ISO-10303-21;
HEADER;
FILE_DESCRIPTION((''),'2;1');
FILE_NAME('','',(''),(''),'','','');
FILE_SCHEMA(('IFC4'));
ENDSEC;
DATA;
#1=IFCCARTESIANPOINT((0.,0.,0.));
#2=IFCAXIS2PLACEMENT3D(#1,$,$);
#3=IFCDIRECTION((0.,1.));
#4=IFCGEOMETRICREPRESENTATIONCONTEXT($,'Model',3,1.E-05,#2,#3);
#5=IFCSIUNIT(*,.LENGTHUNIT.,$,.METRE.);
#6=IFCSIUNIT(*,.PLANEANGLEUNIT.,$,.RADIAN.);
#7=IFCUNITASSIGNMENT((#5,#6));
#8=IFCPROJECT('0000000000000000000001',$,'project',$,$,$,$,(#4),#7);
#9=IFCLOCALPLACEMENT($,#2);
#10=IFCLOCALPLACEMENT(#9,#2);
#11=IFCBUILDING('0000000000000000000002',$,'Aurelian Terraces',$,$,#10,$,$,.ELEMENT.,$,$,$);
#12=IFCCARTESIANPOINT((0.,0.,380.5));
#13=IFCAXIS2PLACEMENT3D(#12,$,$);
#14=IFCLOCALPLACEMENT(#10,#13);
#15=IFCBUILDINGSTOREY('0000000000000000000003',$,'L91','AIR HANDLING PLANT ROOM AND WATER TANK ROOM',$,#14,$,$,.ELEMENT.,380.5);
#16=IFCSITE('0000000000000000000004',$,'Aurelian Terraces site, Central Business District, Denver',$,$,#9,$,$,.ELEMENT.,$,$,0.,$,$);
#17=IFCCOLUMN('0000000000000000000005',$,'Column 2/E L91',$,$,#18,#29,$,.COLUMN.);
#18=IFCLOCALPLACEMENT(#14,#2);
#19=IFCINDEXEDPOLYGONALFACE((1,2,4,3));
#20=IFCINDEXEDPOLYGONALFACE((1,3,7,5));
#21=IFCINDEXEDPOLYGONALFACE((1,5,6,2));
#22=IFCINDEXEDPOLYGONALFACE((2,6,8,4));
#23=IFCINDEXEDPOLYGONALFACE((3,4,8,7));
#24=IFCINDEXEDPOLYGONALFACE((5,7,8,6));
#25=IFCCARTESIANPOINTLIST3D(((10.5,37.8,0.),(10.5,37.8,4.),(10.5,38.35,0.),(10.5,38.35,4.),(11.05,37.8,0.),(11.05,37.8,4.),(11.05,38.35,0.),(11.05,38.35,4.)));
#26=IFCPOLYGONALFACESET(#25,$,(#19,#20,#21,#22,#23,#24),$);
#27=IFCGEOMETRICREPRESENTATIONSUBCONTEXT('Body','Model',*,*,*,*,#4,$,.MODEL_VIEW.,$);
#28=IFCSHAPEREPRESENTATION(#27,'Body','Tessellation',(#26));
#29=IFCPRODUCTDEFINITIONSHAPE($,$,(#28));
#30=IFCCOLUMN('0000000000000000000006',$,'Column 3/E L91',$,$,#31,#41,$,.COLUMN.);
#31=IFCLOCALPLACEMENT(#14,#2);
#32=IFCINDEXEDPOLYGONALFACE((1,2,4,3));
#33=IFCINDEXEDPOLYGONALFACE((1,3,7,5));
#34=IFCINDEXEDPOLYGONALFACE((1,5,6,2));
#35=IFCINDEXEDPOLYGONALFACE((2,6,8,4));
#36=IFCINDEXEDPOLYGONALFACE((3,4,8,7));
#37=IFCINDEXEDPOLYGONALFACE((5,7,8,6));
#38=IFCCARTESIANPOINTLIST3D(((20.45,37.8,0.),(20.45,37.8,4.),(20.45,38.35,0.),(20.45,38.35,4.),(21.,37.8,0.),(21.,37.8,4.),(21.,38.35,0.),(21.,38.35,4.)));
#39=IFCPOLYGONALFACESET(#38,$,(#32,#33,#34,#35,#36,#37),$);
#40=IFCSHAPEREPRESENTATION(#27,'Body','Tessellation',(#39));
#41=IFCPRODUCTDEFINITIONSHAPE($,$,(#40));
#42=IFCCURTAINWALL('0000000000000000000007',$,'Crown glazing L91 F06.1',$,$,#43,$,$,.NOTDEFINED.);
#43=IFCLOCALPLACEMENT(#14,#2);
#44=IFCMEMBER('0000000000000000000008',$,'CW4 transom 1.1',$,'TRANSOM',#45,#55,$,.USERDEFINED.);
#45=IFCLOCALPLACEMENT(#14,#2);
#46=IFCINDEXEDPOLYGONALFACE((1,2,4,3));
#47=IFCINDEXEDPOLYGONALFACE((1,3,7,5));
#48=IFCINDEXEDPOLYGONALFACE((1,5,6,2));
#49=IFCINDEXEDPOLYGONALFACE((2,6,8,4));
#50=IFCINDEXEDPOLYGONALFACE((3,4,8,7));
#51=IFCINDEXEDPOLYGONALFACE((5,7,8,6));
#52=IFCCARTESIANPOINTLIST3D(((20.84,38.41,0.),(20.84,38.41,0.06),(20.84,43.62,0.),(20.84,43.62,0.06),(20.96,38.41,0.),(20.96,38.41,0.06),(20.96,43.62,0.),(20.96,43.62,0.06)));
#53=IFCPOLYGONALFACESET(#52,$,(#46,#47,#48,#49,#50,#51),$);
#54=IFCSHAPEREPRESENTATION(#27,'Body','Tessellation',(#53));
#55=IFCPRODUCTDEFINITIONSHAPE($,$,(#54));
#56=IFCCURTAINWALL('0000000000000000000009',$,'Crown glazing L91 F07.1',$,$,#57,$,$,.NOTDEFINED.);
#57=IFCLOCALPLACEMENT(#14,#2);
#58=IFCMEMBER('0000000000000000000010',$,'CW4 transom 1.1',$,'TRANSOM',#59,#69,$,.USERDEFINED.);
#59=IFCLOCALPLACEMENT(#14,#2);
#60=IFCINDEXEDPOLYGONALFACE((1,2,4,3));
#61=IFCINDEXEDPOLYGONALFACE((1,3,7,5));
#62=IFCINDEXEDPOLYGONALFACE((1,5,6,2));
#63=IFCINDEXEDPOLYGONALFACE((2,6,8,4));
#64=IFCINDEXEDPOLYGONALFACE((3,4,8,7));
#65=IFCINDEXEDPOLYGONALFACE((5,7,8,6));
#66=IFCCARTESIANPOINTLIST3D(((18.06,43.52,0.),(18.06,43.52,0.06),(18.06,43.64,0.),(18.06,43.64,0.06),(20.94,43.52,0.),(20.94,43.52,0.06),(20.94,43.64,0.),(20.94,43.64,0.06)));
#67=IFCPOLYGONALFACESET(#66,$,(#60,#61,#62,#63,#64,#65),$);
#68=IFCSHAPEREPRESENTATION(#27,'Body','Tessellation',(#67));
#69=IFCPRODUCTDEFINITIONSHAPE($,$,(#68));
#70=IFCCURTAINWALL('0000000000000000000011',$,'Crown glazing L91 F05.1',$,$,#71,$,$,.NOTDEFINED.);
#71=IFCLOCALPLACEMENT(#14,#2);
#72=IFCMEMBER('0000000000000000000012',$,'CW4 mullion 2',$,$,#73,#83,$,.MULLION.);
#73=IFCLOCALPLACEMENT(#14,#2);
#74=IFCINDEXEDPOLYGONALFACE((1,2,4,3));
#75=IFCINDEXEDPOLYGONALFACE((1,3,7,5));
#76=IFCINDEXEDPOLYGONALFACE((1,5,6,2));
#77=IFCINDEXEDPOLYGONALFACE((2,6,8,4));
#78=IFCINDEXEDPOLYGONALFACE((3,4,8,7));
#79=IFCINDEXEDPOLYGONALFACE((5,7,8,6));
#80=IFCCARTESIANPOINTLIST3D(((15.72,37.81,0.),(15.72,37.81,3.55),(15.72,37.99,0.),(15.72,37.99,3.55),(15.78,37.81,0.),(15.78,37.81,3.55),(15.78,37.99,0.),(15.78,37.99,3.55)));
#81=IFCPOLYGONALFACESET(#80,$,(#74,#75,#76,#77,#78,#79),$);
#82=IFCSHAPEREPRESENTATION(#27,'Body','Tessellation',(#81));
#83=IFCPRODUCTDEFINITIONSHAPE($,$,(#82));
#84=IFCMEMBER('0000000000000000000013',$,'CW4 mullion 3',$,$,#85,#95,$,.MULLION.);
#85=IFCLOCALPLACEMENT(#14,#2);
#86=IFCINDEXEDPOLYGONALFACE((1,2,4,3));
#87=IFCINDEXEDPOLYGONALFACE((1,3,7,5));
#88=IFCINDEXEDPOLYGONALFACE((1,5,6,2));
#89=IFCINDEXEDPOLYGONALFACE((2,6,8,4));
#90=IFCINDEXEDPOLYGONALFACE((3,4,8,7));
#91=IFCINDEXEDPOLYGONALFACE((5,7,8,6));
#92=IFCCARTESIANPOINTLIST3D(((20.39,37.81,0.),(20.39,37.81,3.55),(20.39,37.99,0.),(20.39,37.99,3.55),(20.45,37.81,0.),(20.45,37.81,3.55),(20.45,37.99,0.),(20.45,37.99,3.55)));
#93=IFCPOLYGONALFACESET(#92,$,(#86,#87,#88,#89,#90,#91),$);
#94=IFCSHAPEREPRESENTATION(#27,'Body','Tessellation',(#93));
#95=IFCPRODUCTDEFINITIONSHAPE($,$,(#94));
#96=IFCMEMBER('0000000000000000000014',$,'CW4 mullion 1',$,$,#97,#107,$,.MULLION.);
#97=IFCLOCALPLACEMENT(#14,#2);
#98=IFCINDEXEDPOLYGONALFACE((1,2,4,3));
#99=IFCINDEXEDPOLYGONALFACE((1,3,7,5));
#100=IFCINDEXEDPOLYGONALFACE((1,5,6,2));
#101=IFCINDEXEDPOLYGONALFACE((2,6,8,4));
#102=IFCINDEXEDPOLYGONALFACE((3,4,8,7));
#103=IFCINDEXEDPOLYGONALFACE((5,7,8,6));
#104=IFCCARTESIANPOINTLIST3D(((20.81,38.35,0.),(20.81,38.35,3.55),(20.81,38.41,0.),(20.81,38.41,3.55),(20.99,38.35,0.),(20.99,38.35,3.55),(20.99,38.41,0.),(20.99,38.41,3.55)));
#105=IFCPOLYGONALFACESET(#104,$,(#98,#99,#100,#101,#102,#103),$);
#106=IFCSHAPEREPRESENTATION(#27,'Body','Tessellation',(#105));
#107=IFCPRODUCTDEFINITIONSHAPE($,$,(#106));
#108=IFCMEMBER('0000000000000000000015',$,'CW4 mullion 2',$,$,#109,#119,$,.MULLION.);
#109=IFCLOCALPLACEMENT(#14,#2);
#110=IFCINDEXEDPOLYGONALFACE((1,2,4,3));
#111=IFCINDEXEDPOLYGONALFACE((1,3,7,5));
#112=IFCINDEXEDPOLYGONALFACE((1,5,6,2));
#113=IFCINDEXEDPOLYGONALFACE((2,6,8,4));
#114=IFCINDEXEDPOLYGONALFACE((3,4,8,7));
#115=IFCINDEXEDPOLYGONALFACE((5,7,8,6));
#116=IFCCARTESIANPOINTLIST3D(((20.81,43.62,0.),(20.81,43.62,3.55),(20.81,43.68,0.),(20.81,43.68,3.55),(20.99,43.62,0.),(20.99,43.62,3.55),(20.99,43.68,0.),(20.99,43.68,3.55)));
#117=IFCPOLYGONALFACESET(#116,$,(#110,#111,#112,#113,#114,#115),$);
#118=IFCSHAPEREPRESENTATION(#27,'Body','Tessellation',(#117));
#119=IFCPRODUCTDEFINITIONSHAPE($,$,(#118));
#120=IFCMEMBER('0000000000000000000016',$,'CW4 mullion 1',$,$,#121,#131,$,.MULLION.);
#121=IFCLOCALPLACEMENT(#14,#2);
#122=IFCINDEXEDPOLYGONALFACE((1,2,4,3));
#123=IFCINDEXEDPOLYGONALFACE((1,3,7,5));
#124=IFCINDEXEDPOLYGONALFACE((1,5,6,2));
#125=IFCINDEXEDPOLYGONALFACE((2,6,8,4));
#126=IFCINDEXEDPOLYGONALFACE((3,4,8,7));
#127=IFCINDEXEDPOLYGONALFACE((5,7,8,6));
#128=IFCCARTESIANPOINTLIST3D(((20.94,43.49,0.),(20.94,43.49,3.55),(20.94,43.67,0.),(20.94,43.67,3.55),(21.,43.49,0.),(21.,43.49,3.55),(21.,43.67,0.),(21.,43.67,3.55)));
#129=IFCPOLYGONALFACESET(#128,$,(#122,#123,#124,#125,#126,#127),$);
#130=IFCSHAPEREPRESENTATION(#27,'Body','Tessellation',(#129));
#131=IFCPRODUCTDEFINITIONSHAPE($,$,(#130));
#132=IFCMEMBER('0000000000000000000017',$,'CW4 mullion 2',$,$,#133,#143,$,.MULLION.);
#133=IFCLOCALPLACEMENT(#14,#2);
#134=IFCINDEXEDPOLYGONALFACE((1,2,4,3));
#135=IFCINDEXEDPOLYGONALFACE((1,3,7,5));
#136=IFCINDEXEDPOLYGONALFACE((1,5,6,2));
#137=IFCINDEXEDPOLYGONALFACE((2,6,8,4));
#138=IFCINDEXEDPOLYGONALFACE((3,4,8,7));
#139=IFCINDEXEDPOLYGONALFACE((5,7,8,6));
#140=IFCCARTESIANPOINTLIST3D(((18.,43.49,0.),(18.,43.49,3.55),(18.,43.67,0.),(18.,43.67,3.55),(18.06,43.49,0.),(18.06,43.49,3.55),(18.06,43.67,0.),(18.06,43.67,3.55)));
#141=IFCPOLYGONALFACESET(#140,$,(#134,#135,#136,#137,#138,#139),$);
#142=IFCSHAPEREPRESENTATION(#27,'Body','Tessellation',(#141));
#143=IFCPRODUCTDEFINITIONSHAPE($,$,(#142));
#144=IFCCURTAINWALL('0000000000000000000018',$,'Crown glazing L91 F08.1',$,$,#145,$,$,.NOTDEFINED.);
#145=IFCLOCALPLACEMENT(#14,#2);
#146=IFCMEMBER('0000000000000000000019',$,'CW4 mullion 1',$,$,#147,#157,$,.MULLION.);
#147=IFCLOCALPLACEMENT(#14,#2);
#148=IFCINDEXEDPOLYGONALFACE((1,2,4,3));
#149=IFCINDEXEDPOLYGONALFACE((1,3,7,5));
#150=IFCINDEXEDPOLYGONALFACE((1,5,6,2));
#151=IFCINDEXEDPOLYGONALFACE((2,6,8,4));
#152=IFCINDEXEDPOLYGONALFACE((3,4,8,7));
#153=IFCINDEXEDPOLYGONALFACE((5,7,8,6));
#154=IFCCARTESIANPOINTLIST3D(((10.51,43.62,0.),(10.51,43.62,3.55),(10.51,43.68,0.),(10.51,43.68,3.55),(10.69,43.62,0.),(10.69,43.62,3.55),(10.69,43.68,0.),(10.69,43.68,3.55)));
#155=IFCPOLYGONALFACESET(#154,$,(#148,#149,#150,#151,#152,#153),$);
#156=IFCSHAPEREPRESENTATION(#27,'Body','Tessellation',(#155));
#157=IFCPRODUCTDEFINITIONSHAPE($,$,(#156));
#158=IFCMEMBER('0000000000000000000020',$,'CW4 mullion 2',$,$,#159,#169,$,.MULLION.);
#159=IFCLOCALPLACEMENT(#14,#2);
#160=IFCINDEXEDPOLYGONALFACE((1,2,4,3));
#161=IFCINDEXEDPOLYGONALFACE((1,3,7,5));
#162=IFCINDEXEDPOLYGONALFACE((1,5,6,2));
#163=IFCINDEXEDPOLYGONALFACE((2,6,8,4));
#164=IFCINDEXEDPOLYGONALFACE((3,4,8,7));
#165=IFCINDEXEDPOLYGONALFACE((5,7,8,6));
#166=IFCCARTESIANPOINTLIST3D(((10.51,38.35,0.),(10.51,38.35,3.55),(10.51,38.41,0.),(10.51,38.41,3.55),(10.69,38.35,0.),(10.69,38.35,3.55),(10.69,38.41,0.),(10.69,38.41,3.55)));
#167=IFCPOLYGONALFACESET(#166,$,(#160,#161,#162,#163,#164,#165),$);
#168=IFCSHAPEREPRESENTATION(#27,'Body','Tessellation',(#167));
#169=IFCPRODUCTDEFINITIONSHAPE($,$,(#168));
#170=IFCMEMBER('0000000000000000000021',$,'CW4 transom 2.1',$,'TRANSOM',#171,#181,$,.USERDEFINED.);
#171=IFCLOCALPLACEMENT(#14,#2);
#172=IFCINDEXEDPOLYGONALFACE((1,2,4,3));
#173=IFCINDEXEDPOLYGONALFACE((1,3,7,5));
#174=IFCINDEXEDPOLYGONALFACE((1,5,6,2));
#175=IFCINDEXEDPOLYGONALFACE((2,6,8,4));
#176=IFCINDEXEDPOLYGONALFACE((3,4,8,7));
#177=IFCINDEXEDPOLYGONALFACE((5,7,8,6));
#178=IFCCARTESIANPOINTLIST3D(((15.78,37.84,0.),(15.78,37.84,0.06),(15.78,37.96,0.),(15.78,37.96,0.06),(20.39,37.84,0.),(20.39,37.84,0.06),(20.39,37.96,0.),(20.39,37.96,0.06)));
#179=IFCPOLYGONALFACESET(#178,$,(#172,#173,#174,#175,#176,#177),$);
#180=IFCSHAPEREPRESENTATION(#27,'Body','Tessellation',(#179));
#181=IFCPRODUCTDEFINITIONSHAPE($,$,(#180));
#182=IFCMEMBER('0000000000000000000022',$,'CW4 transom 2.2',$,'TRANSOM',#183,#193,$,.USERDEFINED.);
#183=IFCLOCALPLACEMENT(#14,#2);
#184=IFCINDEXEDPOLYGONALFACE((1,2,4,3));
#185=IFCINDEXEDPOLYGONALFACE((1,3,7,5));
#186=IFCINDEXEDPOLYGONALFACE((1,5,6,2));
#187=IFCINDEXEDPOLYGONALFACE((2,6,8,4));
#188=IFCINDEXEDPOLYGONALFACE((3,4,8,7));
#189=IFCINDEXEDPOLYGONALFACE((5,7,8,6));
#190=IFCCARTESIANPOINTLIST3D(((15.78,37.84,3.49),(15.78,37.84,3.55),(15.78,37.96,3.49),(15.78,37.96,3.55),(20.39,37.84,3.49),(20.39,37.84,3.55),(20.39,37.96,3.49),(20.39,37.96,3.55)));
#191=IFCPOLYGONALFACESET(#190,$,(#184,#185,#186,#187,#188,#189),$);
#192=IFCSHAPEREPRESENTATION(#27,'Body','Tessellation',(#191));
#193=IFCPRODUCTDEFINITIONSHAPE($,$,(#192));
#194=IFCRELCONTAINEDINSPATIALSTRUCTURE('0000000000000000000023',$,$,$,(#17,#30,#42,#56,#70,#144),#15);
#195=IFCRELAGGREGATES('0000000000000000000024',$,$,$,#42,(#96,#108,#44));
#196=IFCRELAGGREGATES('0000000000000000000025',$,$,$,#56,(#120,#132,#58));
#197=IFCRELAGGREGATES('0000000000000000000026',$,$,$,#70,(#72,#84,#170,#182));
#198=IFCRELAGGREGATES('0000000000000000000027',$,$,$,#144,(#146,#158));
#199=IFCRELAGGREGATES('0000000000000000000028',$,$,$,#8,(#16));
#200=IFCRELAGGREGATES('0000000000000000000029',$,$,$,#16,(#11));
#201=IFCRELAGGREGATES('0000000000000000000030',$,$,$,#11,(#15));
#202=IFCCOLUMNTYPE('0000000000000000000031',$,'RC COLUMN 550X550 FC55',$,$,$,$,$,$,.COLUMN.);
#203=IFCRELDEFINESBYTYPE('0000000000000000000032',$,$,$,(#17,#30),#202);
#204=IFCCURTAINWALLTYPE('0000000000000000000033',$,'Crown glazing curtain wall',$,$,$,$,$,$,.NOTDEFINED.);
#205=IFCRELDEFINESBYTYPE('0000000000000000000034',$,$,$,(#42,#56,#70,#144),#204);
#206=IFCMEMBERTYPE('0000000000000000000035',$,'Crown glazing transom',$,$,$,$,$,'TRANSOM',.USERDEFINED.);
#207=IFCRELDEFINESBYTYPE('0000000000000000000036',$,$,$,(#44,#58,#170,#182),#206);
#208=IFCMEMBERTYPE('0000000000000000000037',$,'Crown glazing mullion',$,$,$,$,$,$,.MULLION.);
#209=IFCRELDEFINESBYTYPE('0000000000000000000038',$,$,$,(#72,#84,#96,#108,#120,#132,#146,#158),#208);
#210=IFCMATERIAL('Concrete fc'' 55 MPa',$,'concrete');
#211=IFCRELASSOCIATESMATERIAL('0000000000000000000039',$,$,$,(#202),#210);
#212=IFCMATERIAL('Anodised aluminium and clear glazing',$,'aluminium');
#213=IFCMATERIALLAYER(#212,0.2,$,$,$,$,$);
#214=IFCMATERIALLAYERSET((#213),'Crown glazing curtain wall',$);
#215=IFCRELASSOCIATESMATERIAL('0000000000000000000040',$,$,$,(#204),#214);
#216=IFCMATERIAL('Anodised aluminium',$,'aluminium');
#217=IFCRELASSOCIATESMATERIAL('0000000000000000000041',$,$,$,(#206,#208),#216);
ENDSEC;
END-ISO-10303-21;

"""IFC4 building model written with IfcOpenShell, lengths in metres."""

from ifc_helpers import new_model, si_unit, direction, frame, origin, origin_2d, place, context, subcontext, project, spatial, rectangle, extrude, source, transform, mapped, material, layer, layer_set, material_profile, profile_set, type_object, element, aggregate, save


model = new_model("IFC4")

# Units and contexts
model_context = context("Model", 3, precision=1e-05, world=origin(), true_north=direction((0.0, 1.0)))
body_context = subcontext(model_context, "Body", "Model", "MODEL_VIEW")
ifc_project = project(units=[si_unit("LENGTHUNIT", "METRE"), si_unit("PLANEANGLEUNIT", "RADIAN")], contexts=[model_context])

# Site, building, storey
site_placement = place(None, origin())
site = spatial("IfcSite", under=ifc_project, at=site_placement, Name="Aurelian Terraces site, Central Business District, Denver", CompositionType="ELEMENT", RefElevation=0.0)
building_placement = place(site_placement, origin())
building = spatial("IfcBuilding", under=site, at=building_placement, Name="Aurelian Terraces", CompositionType="ELEMENT")
storey_placement = place(building_placement, frame((0.0, 0.0, 380.5)))
storey = spatial("IfcBuildingStorey", under=building, at=storey_placement, Name="L91", Description="AIR HANDLING PLANT ROOM AND WATER TANK ROOM", CompositionType="ELEMENT", Elevation=380.5)

# Columns
ifc_material_1 = material(Name="Concrete fc' 55 MPa", Category="concrete")
ifc_material_profile_1 = material_profile(ifc_material_1, rectangle(XDim=0.55, YDim=0.55, at=origin_2d()))
ifc_profile_set_1 = profile_set([ifc_material_profile_1], Name="Concrete fc' 55 MPa")
column_type = type_object("IfcColumnType", Name="RC COLUMN 550X550 FC55", PredefinedType="COLUMN", material=ifc_profile_set_1)
shared_shape_1 = source(origin(), body_context, "Body", "SweptSolid", [
    extrude(rectangle(XDim=0.55, YDim=0.55, at=origin_2d()), origin(), (0.0, 0.0, 1.0), 4.0),
])
for number, where, z_axis, x_axis, name in (
    (1, (10.775, 38.075, 0.0), (0.0, 0.0, 1.0), (1.0, 0.0, 0.0), "Column 2/E L91"),
    (2, (20.725, 38.075, 0.0), (0.0, 0.0, 1.0), (1.0, 0.0, 0.0), "Column 3/E L91"),
):
    element("IfcColumn", number, at=place(storey_placement, frame(where, z_axis=z_axis, x_axis=x_axis)), inside=storey, type_object=column_type, Name=name, PredefinedType="COLUMN", context=body_context, shape_type="MappedRepresentation", body=[
        mapped(shared_shape_1, transform((0.0, 0.0, 0.0), scale=1.0)),
    ])

# Curtain walls, members
ifc_material_2 = material(Name="Anodised aluminium and clear glazing", Category="aluminium")
ifc_layer_1 = layer(ifc_material_2, 0.2)
ifc_layer_set_1 = layer_set([ifc_layer_1], Name="Crown glazing curtain wall")
curtain_wall_type = type_object("IfcCurtainWallType", Name="Crown glazing curtain wall", PredefinedType="NOTDEFINED", material=ifc_layer_set_1)
curtain_wall_1_placement = place(storey_placement, origin())
curtain_wall_1 = element("IfcCurtainWall", 3, at=curtain_wall_1_placement, inside=storey, type_object=curtain_wall_type, Name="Crown glazing L91 F06.1", PredefinedType="NOTDEFINED")
ifc_material_3 = material(Name="Anodised aluminium", Category="aluminium")
ifc_material_profile_2 = material_profile(ifc_material_3, rectangle(XDim=0.12, YDim=0.06, at=origin_2d()))
ifc_profile_set_2 = profile_set([ifc_material_profile_2], Name="Anodised aluminium")
member_type_1 = type_object("IfcMemberType", Name="Crown glazing transom", ElementType="TRANSOM", PredefinedType="USERDEFINED", material=ifc_profile_set_2)
member_1_placement = place(storey_placement, frame((20.9, 38.41, 0.03), z_axis=(0.0, 1.0, 0.0), x_axis=(-1.0, 0.0, 0.0)))
member_1 = element("IfcMember", 4, at=member_1_placement, type_object=member_type_1, Name="CW4 transom 1.1", ObjectType="TRANSOM", PredefinedType="USERDEFINED", context=body_context, shape_type="SweptSolid", body=[
    extrude(rectangle(XDim=0.12, YDim=0.06, at=origin_2d()), origin(), (0.0, 0.0, 1.0), 5.21),
])
curtain_wall_2_placement = place(storey_placement, origin())
curtain_wall_2 = element("IfcCurtainWall", 5, at=curtain_wall_2_placement, inside=storey, type_object=curtain_wall_type, Name="Crown glazing L91 F07.1", PredefinedType="NOTDEFINED")
member_2_placement = place(storey_placement, frame((20.94, 43.58, 0.03), z_axis=(-1.0, 0.0, 0.0), x_axis=(0.0, -1.0, 0.0)))
member_2 = element("IfcMember", 6, at=member_2_placement, type_object=member_type_1, Name="CW4 transom 1.1", ObjectType="TRANSOM", PredefinedType="USERDEFINED", context=body_context, shape_type="SweptSolid", body=[
    extrude(rectangle(XDim=0.12, YDim=0.06, at=origin_2d()), origin(), (0.0, 0.0, 1.0), 2.88),
])

# Curtain wall, members
curtain_wall_3_placement = place(storey_placement, origin())
curtain_wall_3 = element("IfcCurtainWall", 7, at=curtain_wall_3_placement, inside=storey, type_object=curtain_wall_type, Name="Crown glazing L91 F05.1", PredefinedType="NOTDEFINED")
ifc_material_profile_3 = material_profile(ifc_material_3, rectangle(XDim=0.18, YDim=0.06, at=origin_2d()))
ifc_profile_set_3 = profile_set([ifc_material_profile_3], Name="Anodised aluminium")
member_type_2 = type_object("IfcMemberType", Name="Crown glazing mullion", PredefinedType="MULLION", material=ifc_profile_set_3)
shared_shape_2 = source(origin(), body_context, "Body", "SweptSolid", [
    extrude(rectangle(XDim=0.18, YDim=0.06, at=origin_2d()), origin(), (0.0, 0.0, 1.0), 3.55),
])
member_3_placement = place(storey_placement, frame((15.75, 37.9, 0.0), z_axis=(0.0, 0.0, 1.0), x_axis=(0.0, 1.0, 0.0)))
member_3 = element("IfcMember", 8, at=member_3_placement, type_object=member_type_2, Name="CW4 mullion 2", PredefinedType="MULLION", context=body_context, shape_type="MappedRepresentation", body=[
    mapped(shared_shape_2, transform((0.0, 0.0, 0.0), scale=1.0)),
])
member_4_placement = place(storey_placement, frame((20.42, 37.9, 0.0), z_axis=(0.0, 0.0, 1.0), x_axis=(0.0, 1.0, 0.0)))
member_4 = element("IfcMember", 9, at=member_4_placement, type_object=member_type_2, Name="CW4 mullion 3", PredefinedType="MULLION", context=body_context, shape_type="MappedRepresentation", body=[
    mapped(shared_shape_2, transform((0.0, 0.0, 0.0), scale=1.0)),
])

# Members
member_5_placement = place(storey_placement, frame((20.9, 38.38, 0.0), z_axis=(0.0, 0.0, 1.0), x_axis=(-1.0, 0.0, 0.0)))
member_5 = element("IfcMember", 10, at=member_5_placement, type_object=member_type_2, Name="CW4 mullion 1", PredefinedType="MULLION", context=body_context, shape_type="MappedRepresentation", body=[
    mapped(shared_shape_2, transform((0.0, 0.0, 0.0), scale=1.0)),
])
member_6_placement = place(storey_placement, frame((20.9, 43.65, 0.0), z_axis=(0.0, 0.0, 1.0), x_axis=(-1.0, 0.0, 0.0)))
member_6 = element("IfcMember", 11, at=member_6_placement, type_object=member_type_2, Name="CW4 mullion 2", PredefinedType="MULLION", context=body_context, shape_type="MappedRepresentation", body=[
    mapped(shared_shape_2, transform((0.0, 0.0, 0.0), scale=1.0)),
])
member_7_placement = place(storey_placement, frame((20.97, 43.58, 0.0), z_axis=(0.0, 0.0, 1.0), x_axis=(0.0, -1.0, 0.0)))
member_7 = element("IfcMember", 12, at=member_7_placement, type_object=member_type_2, Name="CW4 mullion 1", PredefinedType="MULLION", context=body_context, shape_type="MappedRepresentation", body=[
    mapped(shared_shape_2, transform((0.0, 0.0, 0.0), scale=1.0)),
])
member_8_placement = place(storey_placement, frame((18.03, 43.58, 0.0), z_axis=(0.0, 0.0, 1.0), x_axis=(0.0, -1.0, 0.0)))
member_8 = element("IfcMember", 13, at=member_8_placement, type_object=member_type_2, Name="CW4 mullion 2", PredefinedType="MULLION", context=body_context, shape_type="MappedRepresentation", body=[
    mapped(shared_shape_2, transform((0.0, 0.0, 0.0), scale=1.0)),
])

# Curtain wall, members
curtain_wall_4_placement = place(storey_placement, origin())
curtain_wall_4 = element("IfcCurtainWall", 14, at=curtain_wall_4_placement, inside=storey, type_object=curtain_wall_type, Name="Crown glazing L91 F08.1", PredefinedType="NOTDEFINED")
member_9_placement = place(storey_placement, frame((10.6, 43.65, 0.0), z_axis=(0.0, 0.0, 1.0), x_axis=(1.0, 0.0, 0.0)))
member_9 = element("IfcMember", 15, at=member_9_placement, type_object=member_type_2, Name="CW4 mullion 1", PredefinedType="MULLION", context=body_context, shape_type="MappedRepresentation", body=[
    mapped(shared_shape_2, transform((0.0, 0.0, 0.0), scale=1.0)),
])
member_10_placement = place(storey_placement, frame((10.6, 38.38, 0.0), z_axis=(0.0, 0.0, 1.0), x_axis=(1.0, 0.0, 0.0)))
member_10 = element("IfcMember", 16, at=member_10_placement, type_object=member_type_2, Name="CW4 mullion 2", PredefinedType="MULLION", context=body_context, shape_type="MappedRepresentation", body=[
    mapped(shared_shape_2, transform((0.0, 0.0, 0.0), scale=1.0)),
])

# Members
shared_shape_3 = source(origin(), body_context, "Body", "SweptSolid", [
    extrude(rectangle(XDim=0.12, YDim=0.06, at=origin_2d()), origin(), (0.0, 0.0, 1.0), 4.61),
])
member_11_placement = place(storey_placement, frame((15.78, 37.9, 0.03), z_axis=(1.0, 0.0, 0.0), x_axis=(0.0, 1.0, 0.0)))
member_11 = element("IfcMember", 17, at=member_11_placement, type_object=member_type_1, Name="CW4 transom 2.1", ObjectType="TRANSOM", PredefinedType="USERDEFINED", context=body_context, shape_type="MappedRepresentation", body=[
    mapped(shared_shape_3, transform((0.0, 0.0, 0.0), scale=1.0)),
])
member_12_placement = place(storey_placement, frame((15.78, 37.9, 3.52), z_axis=(1.0, 0.0, 0.0), x_axis=(0.0, 1.0, 0.0)))
member_12 = element("IfcMember", 18, at=member_12_placement, type_object=member_type_1, Name="CW4 transom 2.2", ObjectType="TRANSOM", PredefinedType="USERDEFINED", context=body_context, shape_type="MappedRepresentation", body=[
    mapped(shared_shape_3, transform((0.0, 0.0, 0.0), scale=1.0)),
])

aggregate(curtain_wall_1, [member_5, member_6, member_1])
aggregate(curtain_wall_2, [member_7, member_8, member_2])
aggregate(curtain_wall_3, [member_3, member_4, member_11, member_12])
aggregate(curtain_wall_4, [member_9, member_10])

save(model, "model.ifc")
